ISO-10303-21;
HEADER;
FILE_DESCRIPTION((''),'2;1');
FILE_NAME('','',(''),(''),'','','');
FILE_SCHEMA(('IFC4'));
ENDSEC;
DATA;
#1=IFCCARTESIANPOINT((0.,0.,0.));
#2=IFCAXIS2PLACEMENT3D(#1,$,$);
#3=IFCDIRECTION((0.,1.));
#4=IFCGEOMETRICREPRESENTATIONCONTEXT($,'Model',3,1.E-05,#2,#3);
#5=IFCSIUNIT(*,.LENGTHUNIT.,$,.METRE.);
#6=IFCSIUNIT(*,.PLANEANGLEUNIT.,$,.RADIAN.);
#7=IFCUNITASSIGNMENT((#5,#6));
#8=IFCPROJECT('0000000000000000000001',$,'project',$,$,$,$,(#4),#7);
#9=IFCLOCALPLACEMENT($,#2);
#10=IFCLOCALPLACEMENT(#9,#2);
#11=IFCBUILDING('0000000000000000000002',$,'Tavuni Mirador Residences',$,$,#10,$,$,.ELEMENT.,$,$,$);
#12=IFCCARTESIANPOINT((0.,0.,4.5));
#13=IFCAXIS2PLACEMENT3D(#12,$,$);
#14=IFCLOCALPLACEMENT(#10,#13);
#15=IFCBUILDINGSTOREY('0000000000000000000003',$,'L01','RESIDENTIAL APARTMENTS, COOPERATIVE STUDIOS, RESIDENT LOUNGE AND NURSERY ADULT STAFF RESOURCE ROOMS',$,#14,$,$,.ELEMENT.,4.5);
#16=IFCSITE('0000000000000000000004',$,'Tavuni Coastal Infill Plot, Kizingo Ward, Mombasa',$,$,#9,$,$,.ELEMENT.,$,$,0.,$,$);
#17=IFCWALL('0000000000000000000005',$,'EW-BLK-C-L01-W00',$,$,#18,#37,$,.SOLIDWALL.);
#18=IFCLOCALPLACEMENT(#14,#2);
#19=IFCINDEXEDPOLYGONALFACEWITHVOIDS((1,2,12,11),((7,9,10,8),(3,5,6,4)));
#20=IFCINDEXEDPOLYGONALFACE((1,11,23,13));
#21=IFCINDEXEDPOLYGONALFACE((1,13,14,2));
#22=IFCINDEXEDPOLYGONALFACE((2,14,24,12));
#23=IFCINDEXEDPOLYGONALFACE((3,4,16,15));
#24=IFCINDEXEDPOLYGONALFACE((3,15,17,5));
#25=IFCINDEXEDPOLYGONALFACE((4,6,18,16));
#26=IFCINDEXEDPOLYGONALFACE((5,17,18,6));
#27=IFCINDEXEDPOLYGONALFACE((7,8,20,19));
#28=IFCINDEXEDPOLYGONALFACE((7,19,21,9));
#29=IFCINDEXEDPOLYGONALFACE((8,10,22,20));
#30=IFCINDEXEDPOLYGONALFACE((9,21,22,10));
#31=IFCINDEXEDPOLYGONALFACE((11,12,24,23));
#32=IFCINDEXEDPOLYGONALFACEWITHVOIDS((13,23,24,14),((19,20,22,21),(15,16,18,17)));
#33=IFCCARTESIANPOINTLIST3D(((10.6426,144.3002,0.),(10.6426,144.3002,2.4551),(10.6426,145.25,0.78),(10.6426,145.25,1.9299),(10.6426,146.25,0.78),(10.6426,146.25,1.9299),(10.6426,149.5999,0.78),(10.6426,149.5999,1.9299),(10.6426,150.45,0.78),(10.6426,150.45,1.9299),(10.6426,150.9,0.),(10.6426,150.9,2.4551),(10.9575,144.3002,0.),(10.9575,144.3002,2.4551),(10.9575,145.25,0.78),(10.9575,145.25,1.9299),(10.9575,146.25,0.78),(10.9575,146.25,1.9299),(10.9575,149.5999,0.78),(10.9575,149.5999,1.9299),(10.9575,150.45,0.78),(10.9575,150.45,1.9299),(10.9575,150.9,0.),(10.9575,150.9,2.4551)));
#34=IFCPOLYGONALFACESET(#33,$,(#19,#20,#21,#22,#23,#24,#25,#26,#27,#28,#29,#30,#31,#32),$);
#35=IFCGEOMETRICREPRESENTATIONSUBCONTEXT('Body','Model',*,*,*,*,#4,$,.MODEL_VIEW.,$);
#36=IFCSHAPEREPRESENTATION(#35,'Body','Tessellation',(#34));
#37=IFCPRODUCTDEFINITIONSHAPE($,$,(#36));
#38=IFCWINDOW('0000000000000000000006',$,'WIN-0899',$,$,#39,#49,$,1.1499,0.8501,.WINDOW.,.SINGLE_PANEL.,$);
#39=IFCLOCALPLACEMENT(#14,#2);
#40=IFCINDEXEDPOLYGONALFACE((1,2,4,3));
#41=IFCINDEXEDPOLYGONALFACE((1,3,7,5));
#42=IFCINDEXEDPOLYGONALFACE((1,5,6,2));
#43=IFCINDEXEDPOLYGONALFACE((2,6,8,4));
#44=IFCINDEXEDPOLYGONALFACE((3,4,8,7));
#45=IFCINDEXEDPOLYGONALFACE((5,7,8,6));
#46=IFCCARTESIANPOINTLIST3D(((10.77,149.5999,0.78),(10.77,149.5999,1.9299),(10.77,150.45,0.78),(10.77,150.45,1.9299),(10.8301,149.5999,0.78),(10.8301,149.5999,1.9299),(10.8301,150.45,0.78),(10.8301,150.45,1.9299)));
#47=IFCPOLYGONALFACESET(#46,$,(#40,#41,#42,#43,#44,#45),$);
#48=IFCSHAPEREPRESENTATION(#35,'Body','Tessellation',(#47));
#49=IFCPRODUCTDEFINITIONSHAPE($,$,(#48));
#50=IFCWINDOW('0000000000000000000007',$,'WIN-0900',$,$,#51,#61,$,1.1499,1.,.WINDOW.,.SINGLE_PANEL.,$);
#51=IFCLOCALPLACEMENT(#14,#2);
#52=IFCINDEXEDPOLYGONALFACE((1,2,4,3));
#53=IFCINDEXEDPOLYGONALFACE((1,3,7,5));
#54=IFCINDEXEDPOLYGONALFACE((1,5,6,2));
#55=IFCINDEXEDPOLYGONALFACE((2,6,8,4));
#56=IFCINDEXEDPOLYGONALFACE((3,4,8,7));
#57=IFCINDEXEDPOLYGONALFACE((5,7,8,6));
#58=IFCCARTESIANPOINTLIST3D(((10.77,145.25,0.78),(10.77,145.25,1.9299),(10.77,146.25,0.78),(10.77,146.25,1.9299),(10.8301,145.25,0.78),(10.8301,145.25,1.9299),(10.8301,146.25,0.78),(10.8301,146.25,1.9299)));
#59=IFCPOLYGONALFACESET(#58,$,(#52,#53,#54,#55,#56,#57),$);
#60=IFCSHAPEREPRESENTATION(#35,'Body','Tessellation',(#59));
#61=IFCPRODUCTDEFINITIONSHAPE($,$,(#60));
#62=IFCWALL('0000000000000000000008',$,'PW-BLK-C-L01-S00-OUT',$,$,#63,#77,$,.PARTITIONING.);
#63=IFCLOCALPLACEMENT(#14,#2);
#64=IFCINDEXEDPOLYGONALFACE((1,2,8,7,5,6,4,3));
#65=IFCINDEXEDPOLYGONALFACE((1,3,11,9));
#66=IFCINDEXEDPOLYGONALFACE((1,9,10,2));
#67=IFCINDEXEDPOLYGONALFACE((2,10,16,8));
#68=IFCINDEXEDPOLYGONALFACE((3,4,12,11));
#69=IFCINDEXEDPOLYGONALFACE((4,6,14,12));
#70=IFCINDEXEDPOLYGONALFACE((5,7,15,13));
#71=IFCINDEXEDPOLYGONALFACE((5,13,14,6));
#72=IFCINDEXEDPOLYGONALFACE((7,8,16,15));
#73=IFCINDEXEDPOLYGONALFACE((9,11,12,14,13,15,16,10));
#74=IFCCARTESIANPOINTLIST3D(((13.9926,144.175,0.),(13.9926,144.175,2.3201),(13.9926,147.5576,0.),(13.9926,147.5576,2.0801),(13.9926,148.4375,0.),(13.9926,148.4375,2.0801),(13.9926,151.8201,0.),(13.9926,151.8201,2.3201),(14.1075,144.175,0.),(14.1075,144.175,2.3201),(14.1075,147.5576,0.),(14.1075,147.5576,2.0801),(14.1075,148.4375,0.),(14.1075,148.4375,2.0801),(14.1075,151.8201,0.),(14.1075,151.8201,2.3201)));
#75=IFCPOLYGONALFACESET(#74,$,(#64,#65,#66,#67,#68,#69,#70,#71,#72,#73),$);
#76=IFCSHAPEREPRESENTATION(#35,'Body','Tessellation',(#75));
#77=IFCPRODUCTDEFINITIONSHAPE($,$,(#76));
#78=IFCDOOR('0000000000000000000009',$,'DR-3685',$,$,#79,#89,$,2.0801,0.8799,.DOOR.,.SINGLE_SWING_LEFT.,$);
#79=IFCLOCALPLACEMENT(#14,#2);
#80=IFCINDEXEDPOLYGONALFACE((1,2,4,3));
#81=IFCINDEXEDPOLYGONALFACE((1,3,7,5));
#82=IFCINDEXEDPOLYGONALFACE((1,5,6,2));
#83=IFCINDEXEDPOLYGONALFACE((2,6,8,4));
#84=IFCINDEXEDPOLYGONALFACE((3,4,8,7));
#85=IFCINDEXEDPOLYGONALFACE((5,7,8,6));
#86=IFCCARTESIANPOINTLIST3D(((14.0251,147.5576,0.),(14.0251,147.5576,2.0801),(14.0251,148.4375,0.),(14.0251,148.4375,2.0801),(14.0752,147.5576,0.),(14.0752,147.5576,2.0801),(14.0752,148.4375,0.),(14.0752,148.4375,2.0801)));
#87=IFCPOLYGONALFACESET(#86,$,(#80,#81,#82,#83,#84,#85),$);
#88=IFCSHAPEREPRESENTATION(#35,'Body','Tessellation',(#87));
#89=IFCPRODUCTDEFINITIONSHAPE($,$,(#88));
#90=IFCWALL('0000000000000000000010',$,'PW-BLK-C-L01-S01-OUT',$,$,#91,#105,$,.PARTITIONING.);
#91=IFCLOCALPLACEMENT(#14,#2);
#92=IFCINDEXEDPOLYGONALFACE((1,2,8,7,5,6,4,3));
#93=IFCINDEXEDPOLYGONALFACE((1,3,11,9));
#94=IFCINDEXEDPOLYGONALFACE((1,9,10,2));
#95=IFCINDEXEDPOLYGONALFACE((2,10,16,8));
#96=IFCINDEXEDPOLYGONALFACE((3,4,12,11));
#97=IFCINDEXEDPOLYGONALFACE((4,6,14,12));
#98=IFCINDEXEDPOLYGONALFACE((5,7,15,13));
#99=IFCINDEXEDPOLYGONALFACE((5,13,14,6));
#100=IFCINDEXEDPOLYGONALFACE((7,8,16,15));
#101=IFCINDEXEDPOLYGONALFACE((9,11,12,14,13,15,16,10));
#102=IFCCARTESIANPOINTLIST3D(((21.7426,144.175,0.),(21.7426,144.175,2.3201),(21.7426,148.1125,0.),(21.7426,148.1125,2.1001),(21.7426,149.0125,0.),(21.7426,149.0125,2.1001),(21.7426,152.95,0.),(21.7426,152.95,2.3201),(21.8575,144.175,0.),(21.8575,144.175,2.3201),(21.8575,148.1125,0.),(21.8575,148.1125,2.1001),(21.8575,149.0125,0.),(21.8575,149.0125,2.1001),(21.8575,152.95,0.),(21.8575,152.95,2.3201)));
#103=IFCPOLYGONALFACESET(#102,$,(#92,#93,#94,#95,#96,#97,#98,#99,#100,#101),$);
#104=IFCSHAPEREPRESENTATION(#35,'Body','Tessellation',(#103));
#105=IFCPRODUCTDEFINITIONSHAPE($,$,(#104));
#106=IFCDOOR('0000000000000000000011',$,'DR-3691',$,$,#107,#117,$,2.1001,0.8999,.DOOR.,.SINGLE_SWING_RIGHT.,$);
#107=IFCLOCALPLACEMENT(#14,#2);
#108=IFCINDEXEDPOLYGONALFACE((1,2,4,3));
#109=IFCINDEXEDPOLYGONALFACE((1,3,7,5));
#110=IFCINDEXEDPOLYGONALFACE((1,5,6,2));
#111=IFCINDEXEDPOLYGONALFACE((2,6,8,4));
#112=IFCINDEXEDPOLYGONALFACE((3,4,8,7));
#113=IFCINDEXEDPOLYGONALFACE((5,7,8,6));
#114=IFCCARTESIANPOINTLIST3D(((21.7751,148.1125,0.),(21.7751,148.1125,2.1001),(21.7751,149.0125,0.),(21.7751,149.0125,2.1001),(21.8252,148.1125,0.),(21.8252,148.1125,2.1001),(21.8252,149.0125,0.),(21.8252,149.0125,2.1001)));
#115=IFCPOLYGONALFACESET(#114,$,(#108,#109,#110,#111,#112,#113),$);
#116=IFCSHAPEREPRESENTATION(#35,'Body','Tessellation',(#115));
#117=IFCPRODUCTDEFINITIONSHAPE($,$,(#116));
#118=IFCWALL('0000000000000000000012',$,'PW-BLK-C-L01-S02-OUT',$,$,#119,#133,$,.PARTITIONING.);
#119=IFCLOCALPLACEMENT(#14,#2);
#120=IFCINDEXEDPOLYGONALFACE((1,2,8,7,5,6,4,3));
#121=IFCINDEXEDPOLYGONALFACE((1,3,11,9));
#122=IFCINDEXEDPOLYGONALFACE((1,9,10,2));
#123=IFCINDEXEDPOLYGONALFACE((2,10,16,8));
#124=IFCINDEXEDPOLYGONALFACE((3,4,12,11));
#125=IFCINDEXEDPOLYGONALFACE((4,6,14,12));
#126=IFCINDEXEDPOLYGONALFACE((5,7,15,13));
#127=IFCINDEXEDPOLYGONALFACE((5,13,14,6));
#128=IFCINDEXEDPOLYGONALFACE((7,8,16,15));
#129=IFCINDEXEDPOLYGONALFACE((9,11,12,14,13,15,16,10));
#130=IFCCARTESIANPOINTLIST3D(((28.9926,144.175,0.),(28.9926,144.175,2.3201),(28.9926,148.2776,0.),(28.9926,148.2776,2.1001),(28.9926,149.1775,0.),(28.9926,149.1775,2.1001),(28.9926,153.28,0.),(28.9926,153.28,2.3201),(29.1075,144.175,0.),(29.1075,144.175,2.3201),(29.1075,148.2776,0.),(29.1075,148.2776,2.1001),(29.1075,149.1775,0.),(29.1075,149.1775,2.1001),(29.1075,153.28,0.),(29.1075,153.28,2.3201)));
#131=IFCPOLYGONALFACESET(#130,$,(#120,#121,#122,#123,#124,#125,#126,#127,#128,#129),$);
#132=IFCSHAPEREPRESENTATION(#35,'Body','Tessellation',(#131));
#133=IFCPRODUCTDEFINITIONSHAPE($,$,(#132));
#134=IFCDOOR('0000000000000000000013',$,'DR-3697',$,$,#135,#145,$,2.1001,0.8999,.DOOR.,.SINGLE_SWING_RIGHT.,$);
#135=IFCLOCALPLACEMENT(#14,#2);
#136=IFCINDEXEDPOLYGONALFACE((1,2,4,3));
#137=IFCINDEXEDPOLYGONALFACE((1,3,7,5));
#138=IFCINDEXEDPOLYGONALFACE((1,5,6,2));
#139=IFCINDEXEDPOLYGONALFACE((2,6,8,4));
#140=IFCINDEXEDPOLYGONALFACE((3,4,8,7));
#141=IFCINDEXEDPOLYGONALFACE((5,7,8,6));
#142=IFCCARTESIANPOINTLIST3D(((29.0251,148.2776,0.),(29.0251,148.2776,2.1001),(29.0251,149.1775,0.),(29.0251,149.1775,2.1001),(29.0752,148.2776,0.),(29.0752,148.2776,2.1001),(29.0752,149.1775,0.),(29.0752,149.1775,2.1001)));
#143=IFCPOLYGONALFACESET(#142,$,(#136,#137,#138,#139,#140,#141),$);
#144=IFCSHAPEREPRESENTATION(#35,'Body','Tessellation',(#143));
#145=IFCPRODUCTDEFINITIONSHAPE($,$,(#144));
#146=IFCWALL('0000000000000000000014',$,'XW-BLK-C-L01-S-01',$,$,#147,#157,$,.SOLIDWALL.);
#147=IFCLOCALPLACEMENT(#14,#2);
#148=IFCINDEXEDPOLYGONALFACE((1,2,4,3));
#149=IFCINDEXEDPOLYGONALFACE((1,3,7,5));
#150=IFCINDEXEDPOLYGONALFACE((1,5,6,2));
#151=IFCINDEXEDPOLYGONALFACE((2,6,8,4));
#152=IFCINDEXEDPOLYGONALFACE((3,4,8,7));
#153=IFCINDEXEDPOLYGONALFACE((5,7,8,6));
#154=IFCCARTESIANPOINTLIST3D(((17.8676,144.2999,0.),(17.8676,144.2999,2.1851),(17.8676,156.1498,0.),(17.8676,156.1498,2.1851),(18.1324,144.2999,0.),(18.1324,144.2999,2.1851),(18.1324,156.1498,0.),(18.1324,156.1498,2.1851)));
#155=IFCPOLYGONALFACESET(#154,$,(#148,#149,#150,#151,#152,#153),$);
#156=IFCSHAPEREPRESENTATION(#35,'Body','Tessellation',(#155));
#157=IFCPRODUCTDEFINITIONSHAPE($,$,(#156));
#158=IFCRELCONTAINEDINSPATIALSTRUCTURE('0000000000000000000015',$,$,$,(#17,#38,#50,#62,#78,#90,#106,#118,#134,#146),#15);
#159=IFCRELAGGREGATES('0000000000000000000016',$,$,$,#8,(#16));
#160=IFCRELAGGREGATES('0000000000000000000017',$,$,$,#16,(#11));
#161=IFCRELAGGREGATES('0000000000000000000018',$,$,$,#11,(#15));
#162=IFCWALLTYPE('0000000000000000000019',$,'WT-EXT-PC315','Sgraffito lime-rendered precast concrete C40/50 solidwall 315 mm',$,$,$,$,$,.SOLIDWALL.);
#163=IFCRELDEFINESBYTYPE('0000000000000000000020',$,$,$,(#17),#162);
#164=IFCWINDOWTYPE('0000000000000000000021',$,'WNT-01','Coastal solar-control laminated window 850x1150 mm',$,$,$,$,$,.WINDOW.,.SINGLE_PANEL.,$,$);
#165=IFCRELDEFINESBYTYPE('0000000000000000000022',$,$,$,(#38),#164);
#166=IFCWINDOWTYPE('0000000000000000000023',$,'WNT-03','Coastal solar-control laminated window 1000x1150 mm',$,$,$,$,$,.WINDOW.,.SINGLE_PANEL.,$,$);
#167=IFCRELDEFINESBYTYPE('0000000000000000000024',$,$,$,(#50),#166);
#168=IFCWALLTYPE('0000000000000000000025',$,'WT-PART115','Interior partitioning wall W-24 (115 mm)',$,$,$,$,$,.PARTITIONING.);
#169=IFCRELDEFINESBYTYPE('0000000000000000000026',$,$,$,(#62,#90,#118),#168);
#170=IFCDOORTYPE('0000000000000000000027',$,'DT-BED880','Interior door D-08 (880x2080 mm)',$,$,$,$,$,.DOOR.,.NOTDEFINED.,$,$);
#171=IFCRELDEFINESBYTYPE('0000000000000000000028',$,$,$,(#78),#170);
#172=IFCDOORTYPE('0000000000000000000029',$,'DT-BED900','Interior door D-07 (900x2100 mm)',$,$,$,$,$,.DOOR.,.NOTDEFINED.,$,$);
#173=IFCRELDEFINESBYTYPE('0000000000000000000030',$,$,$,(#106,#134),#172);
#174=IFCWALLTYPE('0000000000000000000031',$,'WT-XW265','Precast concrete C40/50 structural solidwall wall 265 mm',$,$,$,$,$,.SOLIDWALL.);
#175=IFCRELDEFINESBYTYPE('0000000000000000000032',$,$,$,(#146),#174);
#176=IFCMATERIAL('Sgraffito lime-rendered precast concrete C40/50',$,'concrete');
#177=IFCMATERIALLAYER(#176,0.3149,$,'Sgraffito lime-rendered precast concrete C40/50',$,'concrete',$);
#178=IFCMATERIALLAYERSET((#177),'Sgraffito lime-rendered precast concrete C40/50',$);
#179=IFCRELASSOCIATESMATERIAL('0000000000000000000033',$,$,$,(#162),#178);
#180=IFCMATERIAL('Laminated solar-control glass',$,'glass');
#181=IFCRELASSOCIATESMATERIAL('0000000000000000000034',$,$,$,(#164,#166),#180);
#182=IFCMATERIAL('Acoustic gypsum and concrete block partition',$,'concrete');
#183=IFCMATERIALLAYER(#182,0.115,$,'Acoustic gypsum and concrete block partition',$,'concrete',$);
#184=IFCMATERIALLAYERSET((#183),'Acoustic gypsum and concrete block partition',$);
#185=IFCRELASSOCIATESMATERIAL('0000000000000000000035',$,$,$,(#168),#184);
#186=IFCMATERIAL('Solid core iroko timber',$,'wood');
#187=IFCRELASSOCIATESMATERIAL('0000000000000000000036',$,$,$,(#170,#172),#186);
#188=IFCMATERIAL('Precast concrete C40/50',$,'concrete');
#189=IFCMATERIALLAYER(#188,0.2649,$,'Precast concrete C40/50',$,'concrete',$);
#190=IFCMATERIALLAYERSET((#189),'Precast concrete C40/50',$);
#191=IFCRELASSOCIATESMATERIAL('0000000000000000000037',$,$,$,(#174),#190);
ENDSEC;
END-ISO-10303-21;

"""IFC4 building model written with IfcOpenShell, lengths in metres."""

from ifc_helpers import new_model, si_unit, direction, frame, frame_2d, origin, place, context, subcontext, project, spatial, rectangle, extrude, material, layer, layer_set, type_object, element, fill, save


model = new_model("IFC4")

# Units and contexts
model_context = context("Model", 3, precision=1e-05, world=origin(), true_north=direction((0.0, 1.0)))
body_context = subcontext(model_context, "Body", "Model", "MODEL_VIEW")
ifc_project = project(units=[si_unit("LENGTHUNIT", "METRE"), si_unit("PLANEANGLEUNIT", "RADIAN")], contexts=[model_context])

# Site, building, storey
site_placement = place(None, origin())
site = spatial("IfcSite", under=ifc_project, at=site_placement, Name="Tavuni Coastal Infill Plot, Kizingo Ward, Mombasa", CompositionType="ELEMENT", RefElevation=0.0)
building_placement = place(site_placement, origin())
building = spatial("IfcBuilding", under=site, at=building_placement, Name="Tavuni Mirador Residences", CompositionType="ELEMENT")
storey_placement = place(building_placement, frame((0.0, 0.0, 4.5)))
storey = spatial("IfcBuildingStorey", under=building, at=storey_placement, Name="L01", Description="RESIDENTIAL APARTMENTS, COOPERATIVE STUDIOS, RESIDENT LOUNGE AND NURSERY ADULT STAFF RESOURCE ROOMS", CompositionType="ELEMENT", Elevation=4.5)

# Shared definitions
ifc_material_1 = material(Name="Precast concrete C40/50", Category="concrete")

# Wall, openings, windows
ifc_material_2 = material(Name="Sgraffito lime-rendered precast concrete C40/50", Category="concrete")
ifc_layer_1 = layer(ifc_material_2, 0.3149, Name="Sgraffito lime-rendered precast concrete C40/50", Category="concrete")
ifc_layer_set_1 = layer_set([ifc_layer_1], Name="Sgraffito lime-rendered precast concrete C40/50")
wall_type_1 = type_object("IfcWallType", Name="WT-EXT-PC315", Description="Sgraffito lime-rendered precast concrete C40/50 solidwall 315 mm", PredefinedType="SOLIDWALL", material=ifc_layer_set_1)
wall_1_placement = place(storey_placement, frame((10.8, 150.8999, 0.0), z_axis=(0.0, 0.0, 1.0), x_axis=(0.0, -1.0, 0.0)))
wall_1 = element("IfcWall", 1, at=wall_1_placement, inside=storey, type_object=wall_type_1, Name="EW-BLK-C-L01-W00", PredefinedType="SOLIDWALL", context=body_context, shape_type="SweptSolid", body=[
    extrude(rectangle(XDim=6.5999, YDim=0.3149, at=frame_2d((3.2998, 0.0))), origin(), (0.0, 0.0, 1.0), 2.4551),
])
opening_1_placement = place(wall_1_placement, frame((0.45, 0.0, 0.78)))
opening_1 = element("IfcOpeningElement", 2, at=opening_1_placement, cuts=wall_1, PredefinedType="OPENING", context=body_context, shape_type="SweptSolid", body=[
    extrude(rectangle(XDim=0.8501, YDim=1.1499, at=frame_2d((0.425, 0.575))), frame((0.0, 0.1675, 0.0), z_axis=(0.0, -1.0, 0.0), x_axis=(1.0, 0.0, 0.0)), (0.0, 0.0, 1.0), 0.335),
])
opening_2_placement = place(wall_1_placement, frame((4.6499, 0.0, 0.78)))
opening_2 = element("IfcOpeningElement", 3, at=opening_2_placement, cuts=wall_1, PredefinedType="OPENING", context=body_context, shape_type="SweptSolid", body=[
    extrude(rectangle(XDim=1.0, YDim=1.1499, at=frame_2d((0.5, 0.575))), frame((0.0, 0.1675, 0.0), z_axis=(0.0, -1.0, 0.0), x_axis=(1.0, 0.0, 0.0)), (0.0, 0.0, 1.0), 0.335),
])
ifc_material_3 = material(Name="Laminated solar-control glass", Category="glass")
window_type_1 = type_object("IfcWindowType", Name="WNT-01", Description="Coastal solar-control laminated window 850x1150 mm", PartitioningType="SINGLE_PANEL", PredefinedType="WINDOW", material=ifc_material_3)
window_1_placement = place(opening_1_placement, origin())
window_1 = element("IfcWindow", 4, at=window_1_placement, inside=storey, type_object=window_type_1, Name="WIN-0899", OverallHeight=1.1499, OverallWidth=0.8501, PartitioningType="SINGLE_PANEL", PredefinedType="WINDOW", context=body_context, shape_type="SweptSolid", body=[
    extrude(rectangle(XDim=0.8501, YDim=1.1499, at=frame_2d((0.425, 0.575))), frame((0.0, 0.03, 0.0), z_axis=(0.0, -1.0, 0.0), x_axis=(1.0, 0.0, 0.0)), (0.0, 0.0, 1.0), 0.0601),
])
fill(opening_1, window_1)
window_type_2 = type_object("IfcWindowType", Name="WNT-03", Description="Coastal solar-control laminated window 1000x1150 mm", PartitioningType="SINGLE_PANEL", PredefinedType="WINDOW", material=ifc_material_3)
window_2_placement = place(opening_2_placement, origin())
window_2 = element("IfcWindow", 5, at=window_2_placement, inside=storey, type_object=window_type_2, Name="WIN-0900", OverallHeight=1.1499, OverallWidth=1.0, PartitioningType="SINGLE_PANEL", PredefinedType="WINDOW", context=body_context, shape_type="SweptSolid", body=[
    extrude(rectangle(XDim=1.0, YDim=1.1499, at=frame_2d((0.5, 0.575))), frame((0.0, 0.03, 0.0), z_axis=(0.0, -1.0, 0.0), x_axis=(1.0, 0.0, 0.0)), (0.0, 0.0, 1.0), 0.0601),
])
fill(opening_2, window_2)

# Walls, openings, doors
ifc_material_4 = material(Name="Acoustic gypsum and concrete block partition", Category="concrete")
ifc_layer_2 = layer(ifc_material_4, 0.115, Name="Acoustic gypsum and concrete block partition", Category="concrete")
ifc_layer_set_2 = layer_set([ifc_layer_2], Name="Acoustic gypsum and concrete block partition")
wall_type_2 = type_object("IfcWallType", Name="WT-PART115", Description="Interior partitioning wall W-24 (115 mm)", PredefinedType="PARTITIONING", material=ifc_layer_set_2)
wall_2_placement = place(storey_placement, frame((14.05, 144.175, 0.0), z_axis=(0.0, 0.0, 1.0), x_axis=(0.0, 1.0, 0.0)))
wall_2 = element("IfcWall", 6, at=wall_2_placement, inside=storey, type_object=wall_type_2, Name="PW-BLK-C-L01-S00-OUT", PredefinedType="PARTITIONING", context=body_context, shape_type="SweptSolid", body=[
    extrude(rectangle(XDim=7.645, YDim=0.115, at=frame_2d((3.8225, 0.0))), origin(), (0.0, 0.0, 1.0), 2.3201),
])
opening_3_placement = place(wall_2_placement, frame((3.3826, 0.0, 0.0)))
opening_3 = element("IfcOpeningElement", 7, at=opening_3_placement, cuts=wall_2, PredefinedType="OPENING", context=body_context, shape_type="SweptSolid", body=[
    extrude(rectangle(XDim=0.8799, YDim=2.0801, at=frame_2d((0.4399, 1.04))), frame((0.0, 0.0674, 0.0), z_axis=(0.0, -1.0, 0.0), x_axis=(1.0, 0.0, 0.0)), (0.0, 0.0, 1.0), 0.135),
])
ifc_material_5 = material(Name="Solid core iroko timber", Category="wood")
door_type_1 = type_object("IfcDoorType", Name="DT-BED880", Description="Interior door D-08 (880x2080 mm)", OperationType="NOTDEFINED", PredefinedType="DOOR", material=ifc_material_5)
door_1_placement = place(opening_3_placement, origin())
door_1 = element("IfcDoor", 8, at=door_1_placement, inside=storey, type_object=door_type_1, Name="DR-3685", OperationType="SINGLE_SWING_LEFT", OverallHeight=2.0801, OverallWidth=0.8799, PredefinedType="DOOR", context=body_context, shape_type="SweptSolid", body=[
    extrude(rectangle(XDim=0.8799, YDim=2.0801, at=frame_2d((0.4399, 1.04))), frame((0.0, 0.0249, 0.0), z_axis=(0.0, -1.0, 0.0), x_axis=(1.0, 0.0, 0.0)), (0.0, 0.0, 1.0), 0.05),
])
fill(opening_3, door_1)
wall_3_placement = place(storey_placement, frame((21.8, 144.175, 0.0), z_axis=(0.0, 0.0, 1.0), x_axis=(0.0, 1.0, 0.0)))
wall_3 = element("IfcWall", 9, at=wall_3_placement, inside=storey, type_object=wall_type_2, Name="PW-BLK-C-L01-S01-OUT", PredefinedType="PARTITIONING", context=body_context, shape_type="SweptSolid", body=[
    extrude(rectangle(XDim=8.7749, YDim=0.115, at=frame_2d((4.3875, 0.0))), origin(), (0.0, 0.0, 1.0), 2.3201),
])
opening_4_placement = place(wall_3_placement, frame((3.9375, 0.0, 0.0)))
opening_4 = element("IfcOpeningElement", 10, at=opening_4_placement, cuts=wall_3, PredefinedType="OPENING", context=body_context, shape_type="SweptSolid", body=[
    extrude(rectangle(XDim=0.8999, YDim=2.1001, at=frame_2d((0.45, 1.05))), frame((0.0, 0.0674, 0.0), z_axis=(0.0, -1.0, 0.0), x_axis=(1.0, 0.0, 0.0)), (0.0, 0.0, 1.0), 0.135),
])
door_type_2 = type_object("IfcDoorType", Name="DT-BED900", Description="Interior door D-07 (900x2100 mm)", OperationType="NOTDEFINED", PredefinedType="DOOR", material=ifc_material_5)
door_2_placement = place(opening_4_placement, origin())
door_2 = element("IfcDoor", 11, at=door_2_placement, inside=storey, type_object=door_type_2, Name="DR-3691", OperationType="SINGLE_SWING_RIGHT", OverallHeight=2.1001, OverallWidth=0.8999, PredefinedType="DOOR", context=body_context, shape_type="SweptSolid", body=[
    extrude(rectangle(XDim=0.8999, YDim=2.1001, at=frame_2d((0.45, 1.05))), frame((0.0, 0.0249, 0.0), z_axis=(0.0, -1.0, 0.0), x_axis=(1.0, 0.0, 0.0)), (0.0, 0.0, 1.0), 0.05),
])
fill(opening_4, door_2)
wall_4_placement = place(storey_placement, frame((29.05, 144.175, 0.0), z_axis=(0.0, 0.0, 1.0), x_axis=(0.0, 1.0, 0.0)))
wall_4 = element("IfcWall", 12, at=wall_4_placement, inside=storey, type_object=wall_type_2, Name="PW-BLK-C-L01-S02-OUT", PredefinedType="PARTITIONING", context=body_context, shape_type="SweptSolid", body=[
    extrude(rectangle(XDim=9.105, YDim=0.115, at=frame_2d((4.5525, 0.0))), origin(), (0.0, 0.0, 1.0), 2.3201),
])
opening_5_placement = place(wall_4_placement, frame((4.1025, 0.0, 0.0)))
opening_5 = element("IfcOpeningElement", 13, at=opening_5_placement, cuts=wall_4, PredefinedType="OPENING", context=body_context, shape_type="SweptSolid", body=[
    extrude(rectangle(XDim=0.8999, YDim=2.1001, at=frame_2d((0.45, 1.05))), frame((0.0, 0.0674, 0.0), z_axis=(0.0, -1.0, 0.0), x_axis=(1.0, 0.0, 0.0)), (0.0, 0.0, 1.0), 0.135),
])
door_3_placement = place(opening_5_placement, origin())
door_3 = element("IfcDoor", 14, at=door_3_placement, inside=storey, type_object=door_type_2, Name="DR-3697", OperationType="SINGLE_SWING_RIGHT", OverallHeight=2.1001, OverallWidth=0.8999, PredefinedType="DOOR", context=body_context, shape_type="SweptSolid", body=[
    extrude(rectangle(XDim=0.8999, YDim=2.1001, at=frame_2d((0.45, 1.05))), frame((0.0, 0.0249, 0.0), z_axis=(0.0, -1.0, 0.0), x_axis=(1.0, 0.0, 0.0)), (0.0, 0.0, 1.0), 0.05),
])
fill(opening_5, door_3)

# Wall
ifc_layer_3 = layer(ifc_material_1, 0.2649, Name="Precast concrete C40/50", Category="concrete")
ifc_layer_set_3 = layer_set([ifc_layer_3], Name="Precast concrete C40/50")
wall_type_3 = type_object("IfcWallType", Name="WT-XW265", Description="Precast concrete C40/50 structural solidwall wall 265 mm", PredefinedType="SOLIDWALL", material=ifc_layer_set_3)
for number, where, z_axis, x_axis, name in (
    (15, (18.0, 144.3, 0.0), (0.0, 0.0, 1.0), (0.0, 1.0, 0.0), "XW-BLK-C-L01-S-01"),
):
    element("IfcWall", number, at=place(storey_placement, frame(where, z_axis=z_axis, x_axis=x_axis)), inside=storey, type_object=wall_type_3, Name=name, PredefinedType="SOLIDWALL", context=body_context, shape_type="SweptSolid", body=[
        extrude(rectangle(XDim=11.8499, YDim=0.2649, at=frame_2d((5.9248, 0.0))), origin(), (0.0, 0.0, 1.0), 2.1851),
    ])

save(model, "model.ifc")
